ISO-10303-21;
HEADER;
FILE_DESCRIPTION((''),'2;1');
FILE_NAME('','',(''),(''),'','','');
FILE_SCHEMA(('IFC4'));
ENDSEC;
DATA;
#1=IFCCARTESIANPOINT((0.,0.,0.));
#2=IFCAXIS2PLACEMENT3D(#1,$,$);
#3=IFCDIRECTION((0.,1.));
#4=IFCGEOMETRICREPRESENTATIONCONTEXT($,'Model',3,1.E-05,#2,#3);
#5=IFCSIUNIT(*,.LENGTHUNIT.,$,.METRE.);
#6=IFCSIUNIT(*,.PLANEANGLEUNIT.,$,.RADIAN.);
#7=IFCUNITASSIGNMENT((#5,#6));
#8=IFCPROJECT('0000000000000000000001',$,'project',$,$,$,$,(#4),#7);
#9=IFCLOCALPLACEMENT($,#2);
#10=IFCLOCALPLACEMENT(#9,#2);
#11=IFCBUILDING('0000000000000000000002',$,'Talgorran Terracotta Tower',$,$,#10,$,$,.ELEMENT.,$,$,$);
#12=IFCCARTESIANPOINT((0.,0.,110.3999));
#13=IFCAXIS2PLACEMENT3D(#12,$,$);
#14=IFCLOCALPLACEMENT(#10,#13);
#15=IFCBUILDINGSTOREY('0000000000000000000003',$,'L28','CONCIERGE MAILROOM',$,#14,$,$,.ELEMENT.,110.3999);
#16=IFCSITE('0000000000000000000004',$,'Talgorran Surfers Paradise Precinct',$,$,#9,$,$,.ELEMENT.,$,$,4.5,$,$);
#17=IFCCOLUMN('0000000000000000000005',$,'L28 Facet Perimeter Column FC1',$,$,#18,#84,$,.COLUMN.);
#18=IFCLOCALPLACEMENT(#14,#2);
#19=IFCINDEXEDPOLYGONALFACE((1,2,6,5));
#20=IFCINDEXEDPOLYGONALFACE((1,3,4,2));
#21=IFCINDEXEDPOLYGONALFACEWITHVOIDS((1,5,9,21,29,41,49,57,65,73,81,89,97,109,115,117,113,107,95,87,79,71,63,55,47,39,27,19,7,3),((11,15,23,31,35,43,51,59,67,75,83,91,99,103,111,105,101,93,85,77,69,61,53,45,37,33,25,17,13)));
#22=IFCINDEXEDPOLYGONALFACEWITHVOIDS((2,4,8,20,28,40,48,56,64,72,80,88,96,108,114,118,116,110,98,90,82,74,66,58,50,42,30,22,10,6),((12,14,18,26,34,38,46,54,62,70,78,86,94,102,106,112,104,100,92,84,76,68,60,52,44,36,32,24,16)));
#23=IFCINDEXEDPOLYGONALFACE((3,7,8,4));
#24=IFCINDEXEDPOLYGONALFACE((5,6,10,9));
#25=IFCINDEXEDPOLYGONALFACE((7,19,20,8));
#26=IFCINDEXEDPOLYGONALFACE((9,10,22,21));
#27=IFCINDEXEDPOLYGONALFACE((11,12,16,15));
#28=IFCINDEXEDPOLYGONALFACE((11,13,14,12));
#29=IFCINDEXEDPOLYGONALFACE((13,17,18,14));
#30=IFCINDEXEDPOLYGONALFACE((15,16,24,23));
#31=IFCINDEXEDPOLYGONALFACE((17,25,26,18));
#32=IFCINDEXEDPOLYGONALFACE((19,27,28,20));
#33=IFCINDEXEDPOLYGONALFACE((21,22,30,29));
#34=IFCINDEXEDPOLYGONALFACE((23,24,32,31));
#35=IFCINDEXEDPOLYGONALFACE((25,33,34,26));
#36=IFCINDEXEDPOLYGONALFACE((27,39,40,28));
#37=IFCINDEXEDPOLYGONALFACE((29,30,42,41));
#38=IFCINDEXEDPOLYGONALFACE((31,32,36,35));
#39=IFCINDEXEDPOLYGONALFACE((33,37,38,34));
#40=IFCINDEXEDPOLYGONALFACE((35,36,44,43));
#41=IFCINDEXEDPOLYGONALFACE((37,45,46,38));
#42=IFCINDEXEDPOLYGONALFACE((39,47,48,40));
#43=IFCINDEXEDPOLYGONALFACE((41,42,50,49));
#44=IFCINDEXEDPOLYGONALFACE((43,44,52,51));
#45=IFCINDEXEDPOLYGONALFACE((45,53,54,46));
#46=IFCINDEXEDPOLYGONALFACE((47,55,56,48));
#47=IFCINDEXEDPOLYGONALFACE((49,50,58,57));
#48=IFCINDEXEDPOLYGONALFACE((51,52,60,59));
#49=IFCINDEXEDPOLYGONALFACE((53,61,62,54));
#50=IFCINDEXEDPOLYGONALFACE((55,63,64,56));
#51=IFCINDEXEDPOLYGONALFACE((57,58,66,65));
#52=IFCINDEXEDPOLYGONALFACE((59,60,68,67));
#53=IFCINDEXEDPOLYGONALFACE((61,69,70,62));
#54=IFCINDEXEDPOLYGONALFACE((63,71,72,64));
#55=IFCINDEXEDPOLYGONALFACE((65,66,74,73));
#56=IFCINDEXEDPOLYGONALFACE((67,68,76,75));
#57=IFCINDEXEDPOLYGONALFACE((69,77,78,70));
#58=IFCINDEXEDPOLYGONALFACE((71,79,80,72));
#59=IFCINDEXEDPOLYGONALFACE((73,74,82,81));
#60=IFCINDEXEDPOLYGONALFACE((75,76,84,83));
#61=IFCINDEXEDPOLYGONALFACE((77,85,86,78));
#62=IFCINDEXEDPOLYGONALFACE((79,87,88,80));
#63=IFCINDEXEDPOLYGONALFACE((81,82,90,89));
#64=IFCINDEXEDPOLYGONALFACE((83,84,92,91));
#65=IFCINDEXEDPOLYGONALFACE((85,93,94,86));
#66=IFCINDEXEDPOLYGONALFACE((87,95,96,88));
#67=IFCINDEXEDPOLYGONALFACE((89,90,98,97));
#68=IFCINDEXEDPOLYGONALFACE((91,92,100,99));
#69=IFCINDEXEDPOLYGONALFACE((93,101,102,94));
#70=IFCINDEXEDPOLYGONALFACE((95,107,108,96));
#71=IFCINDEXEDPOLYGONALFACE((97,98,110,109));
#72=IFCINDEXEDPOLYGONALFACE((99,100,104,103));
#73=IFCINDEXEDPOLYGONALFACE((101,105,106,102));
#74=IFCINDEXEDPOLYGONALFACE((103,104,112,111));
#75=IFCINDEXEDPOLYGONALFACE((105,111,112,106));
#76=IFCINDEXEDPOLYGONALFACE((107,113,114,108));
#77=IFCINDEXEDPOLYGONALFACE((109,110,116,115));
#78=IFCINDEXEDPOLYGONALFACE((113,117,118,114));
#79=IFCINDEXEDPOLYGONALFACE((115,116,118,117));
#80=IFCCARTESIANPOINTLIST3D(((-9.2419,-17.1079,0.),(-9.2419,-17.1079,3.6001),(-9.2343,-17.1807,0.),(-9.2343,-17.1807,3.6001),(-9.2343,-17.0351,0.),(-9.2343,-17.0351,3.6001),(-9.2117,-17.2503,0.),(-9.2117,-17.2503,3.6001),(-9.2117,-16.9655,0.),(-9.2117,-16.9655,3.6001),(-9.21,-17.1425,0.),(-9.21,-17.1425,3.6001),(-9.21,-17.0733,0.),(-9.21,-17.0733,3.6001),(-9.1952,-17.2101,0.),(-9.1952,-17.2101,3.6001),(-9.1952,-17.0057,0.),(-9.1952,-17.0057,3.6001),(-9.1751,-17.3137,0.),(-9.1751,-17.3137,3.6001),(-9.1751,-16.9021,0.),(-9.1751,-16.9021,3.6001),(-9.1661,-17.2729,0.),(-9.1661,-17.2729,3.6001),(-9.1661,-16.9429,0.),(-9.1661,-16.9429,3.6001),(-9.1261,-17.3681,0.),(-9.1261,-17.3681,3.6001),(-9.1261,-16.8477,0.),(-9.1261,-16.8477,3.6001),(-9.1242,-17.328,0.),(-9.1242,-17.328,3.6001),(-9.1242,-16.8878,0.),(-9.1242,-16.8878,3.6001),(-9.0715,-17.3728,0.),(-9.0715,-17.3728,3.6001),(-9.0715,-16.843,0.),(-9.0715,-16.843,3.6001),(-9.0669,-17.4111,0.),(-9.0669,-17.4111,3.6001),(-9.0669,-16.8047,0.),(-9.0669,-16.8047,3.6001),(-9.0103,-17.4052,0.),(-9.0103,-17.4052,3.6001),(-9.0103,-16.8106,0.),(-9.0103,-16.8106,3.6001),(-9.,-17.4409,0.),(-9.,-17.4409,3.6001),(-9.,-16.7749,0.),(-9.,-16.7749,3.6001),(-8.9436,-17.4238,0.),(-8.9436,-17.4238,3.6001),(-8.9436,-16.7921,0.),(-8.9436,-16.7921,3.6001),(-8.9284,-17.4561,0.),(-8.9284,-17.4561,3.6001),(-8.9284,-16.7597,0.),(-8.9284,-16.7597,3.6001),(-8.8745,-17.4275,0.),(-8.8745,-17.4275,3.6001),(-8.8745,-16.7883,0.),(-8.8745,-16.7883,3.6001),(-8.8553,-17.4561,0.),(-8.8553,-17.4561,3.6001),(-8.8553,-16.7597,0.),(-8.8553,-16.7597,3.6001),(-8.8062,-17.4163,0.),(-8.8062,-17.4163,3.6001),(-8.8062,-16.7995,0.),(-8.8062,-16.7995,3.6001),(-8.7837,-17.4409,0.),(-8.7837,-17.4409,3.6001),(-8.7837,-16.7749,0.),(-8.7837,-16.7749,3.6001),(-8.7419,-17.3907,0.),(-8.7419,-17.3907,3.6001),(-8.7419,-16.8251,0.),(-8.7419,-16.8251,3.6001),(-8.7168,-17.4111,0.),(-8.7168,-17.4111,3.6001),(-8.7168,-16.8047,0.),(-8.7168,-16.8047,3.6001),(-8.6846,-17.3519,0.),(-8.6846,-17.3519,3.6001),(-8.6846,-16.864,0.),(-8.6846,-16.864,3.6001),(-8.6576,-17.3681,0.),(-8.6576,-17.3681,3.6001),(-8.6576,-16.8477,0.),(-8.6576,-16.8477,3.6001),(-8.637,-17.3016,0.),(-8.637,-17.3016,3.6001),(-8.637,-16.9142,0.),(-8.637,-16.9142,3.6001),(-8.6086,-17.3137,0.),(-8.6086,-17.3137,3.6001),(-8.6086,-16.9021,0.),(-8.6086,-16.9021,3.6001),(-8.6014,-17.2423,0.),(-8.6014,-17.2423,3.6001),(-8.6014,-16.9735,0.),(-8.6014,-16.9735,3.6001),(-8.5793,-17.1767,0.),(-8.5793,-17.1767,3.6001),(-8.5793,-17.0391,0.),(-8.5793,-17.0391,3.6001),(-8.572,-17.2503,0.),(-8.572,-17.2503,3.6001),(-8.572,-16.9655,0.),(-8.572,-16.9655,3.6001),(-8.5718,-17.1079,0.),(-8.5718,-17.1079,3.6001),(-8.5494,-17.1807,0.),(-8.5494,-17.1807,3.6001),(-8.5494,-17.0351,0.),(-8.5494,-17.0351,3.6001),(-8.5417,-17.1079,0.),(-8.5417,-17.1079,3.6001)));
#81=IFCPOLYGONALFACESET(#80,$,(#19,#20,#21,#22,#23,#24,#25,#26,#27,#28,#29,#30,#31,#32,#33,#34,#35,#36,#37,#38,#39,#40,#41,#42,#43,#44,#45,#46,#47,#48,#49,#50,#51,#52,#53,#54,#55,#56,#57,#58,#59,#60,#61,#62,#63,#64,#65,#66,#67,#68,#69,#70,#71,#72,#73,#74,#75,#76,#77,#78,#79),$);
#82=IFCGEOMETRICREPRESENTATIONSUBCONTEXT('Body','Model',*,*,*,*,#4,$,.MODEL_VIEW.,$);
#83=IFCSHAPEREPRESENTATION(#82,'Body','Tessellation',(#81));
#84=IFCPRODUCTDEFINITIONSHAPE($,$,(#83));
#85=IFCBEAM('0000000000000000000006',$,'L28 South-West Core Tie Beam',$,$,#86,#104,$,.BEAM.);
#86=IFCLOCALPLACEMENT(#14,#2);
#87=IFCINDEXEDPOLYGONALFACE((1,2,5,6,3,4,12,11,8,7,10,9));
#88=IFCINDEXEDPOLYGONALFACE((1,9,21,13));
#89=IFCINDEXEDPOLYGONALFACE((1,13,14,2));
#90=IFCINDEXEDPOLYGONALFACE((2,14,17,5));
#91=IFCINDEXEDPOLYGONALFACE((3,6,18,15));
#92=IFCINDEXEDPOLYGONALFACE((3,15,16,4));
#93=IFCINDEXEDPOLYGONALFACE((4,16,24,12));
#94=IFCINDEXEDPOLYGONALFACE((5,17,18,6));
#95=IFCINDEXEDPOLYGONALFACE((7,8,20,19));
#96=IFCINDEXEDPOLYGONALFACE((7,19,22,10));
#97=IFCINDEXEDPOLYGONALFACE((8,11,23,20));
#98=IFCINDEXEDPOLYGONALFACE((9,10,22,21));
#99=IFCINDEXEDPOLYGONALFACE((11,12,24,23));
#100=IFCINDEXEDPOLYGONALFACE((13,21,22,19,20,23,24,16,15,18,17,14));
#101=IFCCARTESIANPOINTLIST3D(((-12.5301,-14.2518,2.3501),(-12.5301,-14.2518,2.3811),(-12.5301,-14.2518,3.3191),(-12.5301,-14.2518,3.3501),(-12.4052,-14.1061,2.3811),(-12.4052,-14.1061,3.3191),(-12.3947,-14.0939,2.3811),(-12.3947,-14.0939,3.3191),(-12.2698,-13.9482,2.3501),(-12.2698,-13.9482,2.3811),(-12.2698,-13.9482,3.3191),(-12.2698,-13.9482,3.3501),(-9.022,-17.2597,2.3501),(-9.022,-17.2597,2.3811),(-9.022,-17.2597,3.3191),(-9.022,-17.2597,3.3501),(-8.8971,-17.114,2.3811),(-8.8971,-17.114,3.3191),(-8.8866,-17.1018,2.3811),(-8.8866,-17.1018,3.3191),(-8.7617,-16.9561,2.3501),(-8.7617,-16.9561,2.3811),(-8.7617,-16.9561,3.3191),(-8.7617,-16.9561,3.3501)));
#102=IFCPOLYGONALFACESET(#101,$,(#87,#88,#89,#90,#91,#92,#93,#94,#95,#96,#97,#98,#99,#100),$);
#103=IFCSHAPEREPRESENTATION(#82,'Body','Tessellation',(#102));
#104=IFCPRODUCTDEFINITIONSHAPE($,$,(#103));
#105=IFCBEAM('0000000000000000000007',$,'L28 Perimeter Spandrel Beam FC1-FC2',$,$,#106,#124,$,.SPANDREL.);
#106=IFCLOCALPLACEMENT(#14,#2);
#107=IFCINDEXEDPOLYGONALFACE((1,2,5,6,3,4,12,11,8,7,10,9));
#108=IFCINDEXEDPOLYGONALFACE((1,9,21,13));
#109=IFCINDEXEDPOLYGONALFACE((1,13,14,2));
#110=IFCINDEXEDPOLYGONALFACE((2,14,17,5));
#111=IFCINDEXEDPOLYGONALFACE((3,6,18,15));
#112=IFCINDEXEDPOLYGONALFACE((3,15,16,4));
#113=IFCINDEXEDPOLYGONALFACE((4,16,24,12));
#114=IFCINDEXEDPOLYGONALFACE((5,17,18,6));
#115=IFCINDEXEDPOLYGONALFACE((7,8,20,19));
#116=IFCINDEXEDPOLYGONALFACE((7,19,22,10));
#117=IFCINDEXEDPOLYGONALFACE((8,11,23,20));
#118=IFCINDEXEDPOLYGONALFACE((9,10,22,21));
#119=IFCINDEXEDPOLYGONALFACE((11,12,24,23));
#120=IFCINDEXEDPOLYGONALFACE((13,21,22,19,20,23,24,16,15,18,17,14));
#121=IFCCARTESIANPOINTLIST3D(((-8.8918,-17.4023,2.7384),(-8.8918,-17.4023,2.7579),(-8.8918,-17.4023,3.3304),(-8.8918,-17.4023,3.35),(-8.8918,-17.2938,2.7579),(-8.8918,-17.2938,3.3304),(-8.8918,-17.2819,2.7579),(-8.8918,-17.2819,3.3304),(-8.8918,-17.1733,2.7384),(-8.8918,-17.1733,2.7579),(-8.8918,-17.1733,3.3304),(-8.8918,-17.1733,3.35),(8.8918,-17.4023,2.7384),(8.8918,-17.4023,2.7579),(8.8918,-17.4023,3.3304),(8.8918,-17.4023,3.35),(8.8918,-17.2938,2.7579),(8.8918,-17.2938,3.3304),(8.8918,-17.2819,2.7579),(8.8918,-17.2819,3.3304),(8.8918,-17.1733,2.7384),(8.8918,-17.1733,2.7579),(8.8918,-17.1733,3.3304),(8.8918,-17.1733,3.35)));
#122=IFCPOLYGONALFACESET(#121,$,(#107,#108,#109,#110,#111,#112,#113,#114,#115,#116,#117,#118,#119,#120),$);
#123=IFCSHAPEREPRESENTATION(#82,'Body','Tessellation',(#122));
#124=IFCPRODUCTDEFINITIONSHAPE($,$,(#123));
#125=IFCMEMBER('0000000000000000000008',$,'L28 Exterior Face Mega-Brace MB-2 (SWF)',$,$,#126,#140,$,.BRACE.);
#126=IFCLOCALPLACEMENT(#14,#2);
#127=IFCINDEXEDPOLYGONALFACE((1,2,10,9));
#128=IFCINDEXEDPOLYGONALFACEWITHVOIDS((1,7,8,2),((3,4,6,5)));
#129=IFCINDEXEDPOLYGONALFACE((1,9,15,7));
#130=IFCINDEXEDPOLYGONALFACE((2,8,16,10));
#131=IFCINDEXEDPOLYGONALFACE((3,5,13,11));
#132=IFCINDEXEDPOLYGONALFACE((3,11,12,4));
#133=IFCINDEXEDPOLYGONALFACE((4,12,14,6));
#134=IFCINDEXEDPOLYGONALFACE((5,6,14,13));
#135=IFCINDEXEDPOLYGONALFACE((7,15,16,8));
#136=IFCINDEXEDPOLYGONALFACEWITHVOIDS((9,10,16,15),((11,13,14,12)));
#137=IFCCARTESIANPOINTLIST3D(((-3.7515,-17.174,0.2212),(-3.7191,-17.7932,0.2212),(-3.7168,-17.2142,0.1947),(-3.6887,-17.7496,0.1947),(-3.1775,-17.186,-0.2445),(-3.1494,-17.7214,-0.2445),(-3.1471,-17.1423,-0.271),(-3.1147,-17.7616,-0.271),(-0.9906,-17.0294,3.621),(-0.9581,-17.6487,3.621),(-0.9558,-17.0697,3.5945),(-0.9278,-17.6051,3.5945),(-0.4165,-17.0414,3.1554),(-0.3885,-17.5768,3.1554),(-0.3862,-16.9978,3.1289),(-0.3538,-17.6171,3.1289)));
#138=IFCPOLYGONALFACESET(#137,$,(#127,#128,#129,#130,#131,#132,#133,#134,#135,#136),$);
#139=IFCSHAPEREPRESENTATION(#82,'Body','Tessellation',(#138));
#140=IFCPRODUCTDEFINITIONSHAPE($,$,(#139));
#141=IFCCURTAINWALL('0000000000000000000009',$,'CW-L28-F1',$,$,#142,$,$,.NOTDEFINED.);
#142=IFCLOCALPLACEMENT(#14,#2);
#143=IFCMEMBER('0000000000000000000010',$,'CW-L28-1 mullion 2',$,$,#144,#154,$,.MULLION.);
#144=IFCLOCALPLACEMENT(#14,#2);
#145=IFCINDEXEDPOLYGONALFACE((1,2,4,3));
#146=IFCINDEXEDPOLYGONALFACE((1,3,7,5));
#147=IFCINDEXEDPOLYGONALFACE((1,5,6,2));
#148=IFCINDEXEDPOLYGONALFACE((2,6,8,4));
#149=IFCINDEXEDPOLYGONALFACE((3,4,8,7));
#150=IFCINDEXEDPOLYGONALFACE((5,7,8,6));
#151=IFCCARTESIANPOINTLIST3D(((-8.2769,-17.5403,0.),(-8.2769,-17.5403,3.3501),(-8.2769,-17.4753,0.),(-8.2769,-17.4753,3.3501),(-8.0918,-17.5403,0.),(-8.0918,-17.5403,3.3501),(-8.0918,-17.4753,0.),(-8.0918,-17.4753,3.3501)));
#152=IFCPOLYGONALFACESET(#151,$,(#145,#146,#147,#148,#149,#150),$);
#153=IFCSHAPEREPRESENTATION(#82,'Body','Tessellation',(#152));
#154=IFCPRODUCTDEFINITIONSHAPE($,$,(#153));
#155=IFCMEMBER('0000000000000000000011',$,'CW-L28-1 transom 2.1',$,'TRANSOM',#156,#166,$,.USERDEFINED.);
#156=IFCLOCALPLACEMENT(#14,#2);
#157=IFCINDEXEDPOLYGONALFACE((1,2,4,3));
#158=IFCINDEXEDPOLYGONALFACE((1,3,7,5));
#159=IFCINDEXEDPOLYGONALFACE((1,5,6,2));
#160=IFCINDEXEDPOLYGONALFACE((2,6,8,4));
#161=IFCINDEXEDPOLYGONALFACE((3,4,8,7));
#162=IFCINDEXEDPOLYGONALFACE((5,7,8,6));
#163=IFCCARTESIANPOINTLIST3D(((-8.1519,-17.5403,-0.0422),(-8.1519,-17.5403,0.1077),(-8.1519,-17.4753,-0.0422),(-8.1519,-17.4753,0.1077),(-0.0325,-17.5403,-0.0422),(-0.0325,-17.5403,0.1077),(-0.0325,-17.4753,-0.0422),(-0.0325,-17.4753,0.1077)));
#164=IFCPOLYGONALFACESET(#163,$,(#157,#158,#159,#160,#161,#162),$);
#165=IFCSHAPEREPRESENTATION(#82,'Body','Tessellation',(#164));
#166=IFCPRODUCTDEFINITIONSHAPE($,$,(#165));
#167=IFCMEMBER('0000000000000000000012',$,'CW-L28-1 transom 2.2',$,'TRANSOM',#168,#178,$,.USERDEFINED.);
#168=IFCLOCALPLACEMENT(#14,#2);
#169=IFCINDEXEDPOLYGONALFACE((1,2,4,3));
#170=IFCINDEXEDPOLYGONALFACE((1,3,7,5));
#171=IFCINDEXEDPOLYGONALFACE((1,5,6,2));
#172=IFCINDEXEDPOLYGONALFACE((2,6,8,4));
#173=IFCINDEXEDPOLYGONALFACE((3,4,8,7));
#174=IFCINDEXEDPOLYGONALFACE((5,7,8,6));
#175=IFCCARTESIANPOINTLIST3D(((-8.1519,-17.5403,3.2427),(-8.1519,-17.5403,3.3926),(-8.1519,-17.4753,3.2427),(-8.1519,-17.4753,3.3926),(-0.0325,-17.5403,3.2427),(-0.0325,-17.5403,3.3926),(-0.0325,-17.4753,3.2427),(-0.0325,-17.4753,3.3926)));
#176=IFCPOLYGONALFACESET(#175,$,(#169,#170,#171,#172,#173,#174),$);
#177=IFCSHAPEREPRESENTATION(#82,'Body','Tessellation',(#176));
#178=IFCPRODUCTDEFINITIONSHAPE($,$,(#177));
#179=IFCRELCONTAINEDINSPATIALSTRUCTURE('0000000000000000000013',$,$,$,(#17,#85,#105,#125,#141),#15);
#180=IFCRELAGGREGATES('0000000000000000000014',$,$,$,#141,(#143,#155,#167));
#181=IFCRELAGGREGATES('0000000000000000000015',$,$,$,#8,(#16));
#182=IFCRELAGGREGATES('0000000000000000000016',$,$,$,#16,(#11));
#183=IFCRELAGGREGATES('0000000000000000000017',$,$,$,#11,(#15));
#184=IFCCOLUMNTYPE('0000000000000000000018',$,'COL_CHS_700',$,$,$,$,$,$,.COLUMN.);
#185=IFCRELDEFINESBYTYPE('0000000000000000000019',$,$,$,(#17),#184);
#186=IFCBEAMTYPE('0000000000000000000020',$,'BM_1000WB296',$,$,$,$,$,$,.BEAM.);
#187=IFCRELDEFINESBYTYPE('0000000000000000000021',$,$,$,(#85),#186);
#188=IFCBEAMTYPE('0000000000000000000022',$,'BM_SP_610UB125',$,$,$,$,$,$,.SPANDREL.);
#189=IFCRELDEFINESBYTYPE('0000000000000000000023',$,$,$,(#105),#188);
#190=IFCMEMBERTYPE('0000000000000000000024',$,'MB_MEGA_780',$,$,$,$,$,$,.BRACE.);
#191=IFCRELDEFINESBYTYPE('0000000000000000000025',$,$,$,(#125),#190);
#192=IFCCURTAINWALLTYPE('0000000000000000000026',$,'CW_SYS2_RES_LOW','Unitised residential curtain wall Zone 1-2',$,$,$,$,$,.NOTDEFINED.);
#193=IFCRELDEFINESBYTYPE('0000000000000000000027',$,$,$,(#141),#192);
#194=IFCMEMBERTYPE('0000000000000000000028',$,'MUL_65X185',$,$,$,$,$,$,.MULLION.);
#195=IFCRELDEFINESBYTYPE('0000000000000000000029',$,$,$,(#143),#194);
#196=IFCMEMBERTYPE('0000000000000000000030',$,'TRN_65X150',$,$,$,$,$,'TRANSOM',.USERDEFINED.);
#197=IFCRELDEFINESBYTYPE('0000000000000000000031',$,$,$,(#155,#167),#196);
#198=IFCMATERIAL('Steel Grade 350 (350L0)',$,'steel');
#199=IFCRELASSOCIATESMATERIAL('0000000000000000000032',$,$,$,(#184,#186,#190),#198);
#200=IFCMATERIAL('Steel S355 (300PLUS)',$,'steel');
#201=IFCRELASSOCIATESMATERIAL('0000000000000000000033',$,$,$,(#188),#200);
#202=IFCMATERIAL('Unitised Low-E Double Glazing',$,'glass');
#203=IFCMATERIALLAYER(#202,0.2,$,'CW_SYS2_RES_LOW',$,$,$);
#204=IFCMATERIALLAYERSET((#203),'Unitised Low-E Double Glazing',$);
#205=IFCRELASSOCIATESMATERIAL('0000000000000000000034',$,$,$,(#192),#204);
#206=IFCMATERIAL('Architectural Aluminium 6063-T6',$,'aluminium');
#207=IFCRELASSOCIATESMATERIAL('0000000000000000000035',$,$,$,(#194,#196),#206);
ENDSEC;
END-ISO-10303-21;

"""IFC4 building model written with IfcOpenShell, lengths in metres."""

from ifc_helpers import new_model, si_unit, direction, frame, origin, origin_2d, place, context, subcontext, project, spatial, rectangle, hollow_rectangle, hollow_circle, i_section, extrude, material, layer, layer_set, material_profile, profile_set, type_object, element, aggregate, save


model = new_model("IFC4")

# Units and contexts
model_context = context("Model", 3, precision=1e-05, world=origin(), true_north=direction((0.0, 1.0)))
body_context = subcontext(model_context, "Body", "Model", "MODEL_VIEW")
ifc_project = project(units=[si_unit("LENGTHUNIT", "METRE"), si_unit("PLANEANGLEUNIT", "RADIAN")], contexts=[model_context])

# Site, building, storey
site_placement = place(None, origin())
site = spatial("IfcSite", under=ifc_project, at=site_placement, Name="Talgorran Surfers Paradise Precinct", CompositionType="ELEMENT", RefElevation=4.5)
building_placement = place(site_placement, origin())
building = spatial("IfcBuilding", under=site, at=building_placement, Name="Talgorran Terracotta Tower", CompositionType="ELEMENT")
storey_placement = place(building_placement, frame((0.0, 0.0, 110.3999)))
storey = spatial("IfcBuildingStorey", under=building, at=storey_placement, Name="L28", Description="CONCIERGE MAILROOM", CompositionType="ELEMENT", Elevation=110.3999)

# Column
ifc_material_1 = material(Name="Steel Grade 350 (350L0)", Category="steel")
ifc_material_profile_1 = material_profile(ifc_material_1, hollow_circle(Radius=0.3501, WallThickness=0.03, at=origin_2d()), Name="CHS700X30")
ifc_profile_set_1 = profile_set([ifc_material_profile_1], Name="Steel Grade 350 (350L0)")
column_type = type_object("IfcColumnType", Name="COL_CHS_700", PredefinedType="COLUMN", material=ifc_profile_set_1)
column_placement = place(storey_placement, frame((-8.8918, -17.1079, 0.0), z_axis=(0.0, 0.0, 1.0), x_axis=(1.0, 0.0, 0.0)))
element("IfcColumn", 1, at=column_placement, inside=storey, type_object=column_type, Name="L28 Facet Perimeter Column FC1", PredefinedType="COLUMN", context=body_context, shape_type="SweptSolid", body=[
    extrude(hollow_circle(Radius=0.3501, WallThickness=0.03, at=origin_2d()), origin(), (0.0, 0.0, 1.0), 3.6001),
])

# Beams
ifc_material_profile_2 = material_profile(ifc_material_1, i_section(OverallWidth=0.3999, OverallDepth=1.0, WebThickness=0.0161, FlangeThickness=0.031, at=origin_2d()), Name="1000WB296")
ifc_profile_set_2 = profile_set([ifc_material_profile_2], Name="Steel Grade 350 (350L0)")
beam_type_1 = type_object("IfcBeamType", Name="BM_1000WB296", PredefinedType="BEAM", material=ifc_profile_set_2)
beam_1_placement = place(storey_placement, frame((-8.8918, -17.1079, 2.8501), z_axis=(-0.75916, 0.650904, 0.0), x_axis=(-0.650904, -0.75916, 0.0)))
element("IfcBeam", 2, at=beam_1_placement, inside=storey, type_object=beam_type_1, Name="L28 South-West Core Tie Beam", PredefinedType="BEAM", context=body_context, shape_type="SweptSolid", body=[
    extrude(i_section(OverallWidth=0.3999, OverallDepth=1.0, WebThickness=0.0161, FlangeThickness=0.031, at=origin_2d()), origin(), (0.0, 0.0, 1.0), 4.6211),
])
ifc_material_2 = material(Name="Steel S355 (300PLUS)", Category="steel")
ifc_material_profile_3 = material_profile(ifc_material_2, i_section(OverallWidth=0.229, OverallDepth=0.6116, WebThickness=0.012, FlangeThickness=0.0195, at=origin_2d()), Name="610UB125")
ifc_profile_set_3 = profile_set([ifc_material_profile_3], Name="Steel S355 (300PLUS)")
beam_type_2 = type_object("IfcBeamType", Name="BM_SP_610UB125", PredefinedType="SPANDREL", material=ifc_profile_set_3)
beam_2_placement = place(storey_placement, frame((-8.8918, -17.2878, 3.0442), z_axis=(1.0, 0.0, 0.0), x_axis=(0.0, 1.0, 0.0)))
element("IfcBeam", 3, at=beam_2_placement, inside=storey, type_object=beam_type_2, Name="L28 Perimeter Spandrel Beam FC1-FC2", PredefinedType="SPANDREL", context=body_context, shape_type="SweptSolid", body=[
    extrude(i_section(OverallWidth=0.229, OverallDepth=0.6116, WebThickness=0.012, FlangeThickness=0.0195, at=origin_2d()), origin(), (0.0, 0.0, 1.0), 17.7837),
])

# Member
ifc_material_profile_4 = material_profile(ifc_material_1, hollow_rectangle(XDim=0.6201, YDim=0.78, WallThickness=0.042, at=origin_2d()), Name="WBOX780X620X42")
ifc_profile_set_4 = profile_set([ifc_material_profile_4], Name="Steel Grade 350 (350L0)")
member_type_1 = type_object("IfcMemberType", Name="MB_MEGA_780", PredefinedType="BRACE", material=ifc_profile_set_4)
member_1_placement = place(storey_placement, frame((-3.4331, -17.4678, -0.0249), z_axis=(0.630052, 0.032982, 0.775852), x_axis=(-0.052276, 0.998633, 0.0)))
element("IfcMember", 4, at=member_1_placement, inside=storey, type_object=member_type_1, Name="L28 Exterior Face Mega-Brace MB-2 (SWF)", PredefinedType="BRACE", context=body_context, shape_type="SweptSolid", body=[
    extrude(hollow_rectangle(XDim=0.6201, YDim=0.78, WallThickness=0.042, at=origin_2d()), origin(), (0.0, 0.0, 1.0), 4.3821),
])

# Curtain wall, members
ifc_material_3 = material(Name="Unitised Low-E Double Glazing", Category="glass")
ifc_layer_1 = layer(ifc_material_3, 0.2, Name="CW_SYS2_RES_LOW")
ifc_layer_set_1 = layer_set([ifc_layer_1], Name="Unitised Low-E Double Glazing")
curtain_wall_type = type_object("IfcCurtainWallType", Name="CW_SYS2_RES_LOW", Description="Unitised residential curtain wall Zone 1-2", PredefinedType="NOTDEFINED", material=ifc_layer_set_1)
curtain_wall_placement = place(storey_placement, origin())
curtain_wall = element("IfcCurtainWall", 5, at=curtain_wall_placement, inside=storey, type_object=curtain_wall_type, Name="CW-L28-F1", PredefinedType="NOTDEFINED")
ifc_material_4 = material(Name="Architectural Aluminium 6063-T6", Category="aluminium")
ifc_material_profile_5 = material_profile(ifc_material_4, rectangle(XDim=0.0649, YDim=0.1851, at=origin_2d()), Name="CWM65X185")
ifc_profile_set_5 = profile_set([ifc_material_profile_5], Name="Architectural Aluminium 6063-T6")
member_type_2 = type_object("IfcMemberType", Name="MUL_65X185", PredefinedType="MULLION", material=ifc_profile_set_5)
member_2_placement = place(storey_placement, frame((-8.1843, -17.5078, 0.0), z_axis=(0.0, 0.0, 1.0), x_axis=(0.0, 1.0, 0.0)))
member_2 = element("IfcMember", 6, at=member_2_placement, type_object=member_type_2, Name="CW-L28-1 mullion 2", PredefinedType="MULLION", context=body_context, shape_type="SweptSolid", body=[
    extrude(rectangle(XDim=0.0649, YDim=0.1851, at=origin_2d()), origin(), (0.0, 0.0, 1.0), 3.3501),
])
ifc_material_profile_6 = material_profile(ifc_material_4, rectangle(XDim=0.0649, YDim=0.1499, at=origin_2d()), Name="CWT65X150")
ifc_profile_set_6 = profile_set([ifc_material_profile_6], Name="Architectural Aluminium 6063-T6")
member_type_3 = type_object("IfcMemberType", Name="TRN_65X150", ElementType="TRANSOM", PredefinedType="USERDEFINED", material=ifc_profile_set_6)
member_3_placement = place(storey_placement, frame((-8.1519, -17.5078, 0.0327), z_axis=(1.0, 0.0, 0.0), x_axis=(0.0, 1.0, 0.0)))
member_3 = element("IfcMember", 7, at=member_3_placement, type_object=member_type_3, Name="CW-L28-1 transom 2.1", ObjectType="TRANSOM", PredefinedType="USERDEFINED", context=body_context, shape_type="SweptSolid", body=[
    extrude(rectangle(XDim=0.0649, YDim=0.1499, at=origin_2d()), origin(), (0.0, 0.0, 1.0), 8.1194),
])
member_4_placement = place(storey_placement, frame((-8.1519, -17.5078, 3.3176), z_axis=(1.0, 0.0, 0.0), x_axis=(0.0, 1.0, 0.0)))
member_4 = element("IfcMember", 8, at=member_4_placement, type_object=member_type_3, Name="CW-L28-1 transom 2.2", ObjectType="TRANSOM", PredefinedType="USERDEFINED", context=body_context, shape_type="SweptSolid", body=[
    extrude(rectangle(XDim=0.0649, YDim=0.1499, at=origin_2d()), origin(), (0.0, 0.0, 1.0), 8.1194),
])

aggregate(curtain_wall, [member_2, member_3, member_4])

save(model, "model.ifc")
